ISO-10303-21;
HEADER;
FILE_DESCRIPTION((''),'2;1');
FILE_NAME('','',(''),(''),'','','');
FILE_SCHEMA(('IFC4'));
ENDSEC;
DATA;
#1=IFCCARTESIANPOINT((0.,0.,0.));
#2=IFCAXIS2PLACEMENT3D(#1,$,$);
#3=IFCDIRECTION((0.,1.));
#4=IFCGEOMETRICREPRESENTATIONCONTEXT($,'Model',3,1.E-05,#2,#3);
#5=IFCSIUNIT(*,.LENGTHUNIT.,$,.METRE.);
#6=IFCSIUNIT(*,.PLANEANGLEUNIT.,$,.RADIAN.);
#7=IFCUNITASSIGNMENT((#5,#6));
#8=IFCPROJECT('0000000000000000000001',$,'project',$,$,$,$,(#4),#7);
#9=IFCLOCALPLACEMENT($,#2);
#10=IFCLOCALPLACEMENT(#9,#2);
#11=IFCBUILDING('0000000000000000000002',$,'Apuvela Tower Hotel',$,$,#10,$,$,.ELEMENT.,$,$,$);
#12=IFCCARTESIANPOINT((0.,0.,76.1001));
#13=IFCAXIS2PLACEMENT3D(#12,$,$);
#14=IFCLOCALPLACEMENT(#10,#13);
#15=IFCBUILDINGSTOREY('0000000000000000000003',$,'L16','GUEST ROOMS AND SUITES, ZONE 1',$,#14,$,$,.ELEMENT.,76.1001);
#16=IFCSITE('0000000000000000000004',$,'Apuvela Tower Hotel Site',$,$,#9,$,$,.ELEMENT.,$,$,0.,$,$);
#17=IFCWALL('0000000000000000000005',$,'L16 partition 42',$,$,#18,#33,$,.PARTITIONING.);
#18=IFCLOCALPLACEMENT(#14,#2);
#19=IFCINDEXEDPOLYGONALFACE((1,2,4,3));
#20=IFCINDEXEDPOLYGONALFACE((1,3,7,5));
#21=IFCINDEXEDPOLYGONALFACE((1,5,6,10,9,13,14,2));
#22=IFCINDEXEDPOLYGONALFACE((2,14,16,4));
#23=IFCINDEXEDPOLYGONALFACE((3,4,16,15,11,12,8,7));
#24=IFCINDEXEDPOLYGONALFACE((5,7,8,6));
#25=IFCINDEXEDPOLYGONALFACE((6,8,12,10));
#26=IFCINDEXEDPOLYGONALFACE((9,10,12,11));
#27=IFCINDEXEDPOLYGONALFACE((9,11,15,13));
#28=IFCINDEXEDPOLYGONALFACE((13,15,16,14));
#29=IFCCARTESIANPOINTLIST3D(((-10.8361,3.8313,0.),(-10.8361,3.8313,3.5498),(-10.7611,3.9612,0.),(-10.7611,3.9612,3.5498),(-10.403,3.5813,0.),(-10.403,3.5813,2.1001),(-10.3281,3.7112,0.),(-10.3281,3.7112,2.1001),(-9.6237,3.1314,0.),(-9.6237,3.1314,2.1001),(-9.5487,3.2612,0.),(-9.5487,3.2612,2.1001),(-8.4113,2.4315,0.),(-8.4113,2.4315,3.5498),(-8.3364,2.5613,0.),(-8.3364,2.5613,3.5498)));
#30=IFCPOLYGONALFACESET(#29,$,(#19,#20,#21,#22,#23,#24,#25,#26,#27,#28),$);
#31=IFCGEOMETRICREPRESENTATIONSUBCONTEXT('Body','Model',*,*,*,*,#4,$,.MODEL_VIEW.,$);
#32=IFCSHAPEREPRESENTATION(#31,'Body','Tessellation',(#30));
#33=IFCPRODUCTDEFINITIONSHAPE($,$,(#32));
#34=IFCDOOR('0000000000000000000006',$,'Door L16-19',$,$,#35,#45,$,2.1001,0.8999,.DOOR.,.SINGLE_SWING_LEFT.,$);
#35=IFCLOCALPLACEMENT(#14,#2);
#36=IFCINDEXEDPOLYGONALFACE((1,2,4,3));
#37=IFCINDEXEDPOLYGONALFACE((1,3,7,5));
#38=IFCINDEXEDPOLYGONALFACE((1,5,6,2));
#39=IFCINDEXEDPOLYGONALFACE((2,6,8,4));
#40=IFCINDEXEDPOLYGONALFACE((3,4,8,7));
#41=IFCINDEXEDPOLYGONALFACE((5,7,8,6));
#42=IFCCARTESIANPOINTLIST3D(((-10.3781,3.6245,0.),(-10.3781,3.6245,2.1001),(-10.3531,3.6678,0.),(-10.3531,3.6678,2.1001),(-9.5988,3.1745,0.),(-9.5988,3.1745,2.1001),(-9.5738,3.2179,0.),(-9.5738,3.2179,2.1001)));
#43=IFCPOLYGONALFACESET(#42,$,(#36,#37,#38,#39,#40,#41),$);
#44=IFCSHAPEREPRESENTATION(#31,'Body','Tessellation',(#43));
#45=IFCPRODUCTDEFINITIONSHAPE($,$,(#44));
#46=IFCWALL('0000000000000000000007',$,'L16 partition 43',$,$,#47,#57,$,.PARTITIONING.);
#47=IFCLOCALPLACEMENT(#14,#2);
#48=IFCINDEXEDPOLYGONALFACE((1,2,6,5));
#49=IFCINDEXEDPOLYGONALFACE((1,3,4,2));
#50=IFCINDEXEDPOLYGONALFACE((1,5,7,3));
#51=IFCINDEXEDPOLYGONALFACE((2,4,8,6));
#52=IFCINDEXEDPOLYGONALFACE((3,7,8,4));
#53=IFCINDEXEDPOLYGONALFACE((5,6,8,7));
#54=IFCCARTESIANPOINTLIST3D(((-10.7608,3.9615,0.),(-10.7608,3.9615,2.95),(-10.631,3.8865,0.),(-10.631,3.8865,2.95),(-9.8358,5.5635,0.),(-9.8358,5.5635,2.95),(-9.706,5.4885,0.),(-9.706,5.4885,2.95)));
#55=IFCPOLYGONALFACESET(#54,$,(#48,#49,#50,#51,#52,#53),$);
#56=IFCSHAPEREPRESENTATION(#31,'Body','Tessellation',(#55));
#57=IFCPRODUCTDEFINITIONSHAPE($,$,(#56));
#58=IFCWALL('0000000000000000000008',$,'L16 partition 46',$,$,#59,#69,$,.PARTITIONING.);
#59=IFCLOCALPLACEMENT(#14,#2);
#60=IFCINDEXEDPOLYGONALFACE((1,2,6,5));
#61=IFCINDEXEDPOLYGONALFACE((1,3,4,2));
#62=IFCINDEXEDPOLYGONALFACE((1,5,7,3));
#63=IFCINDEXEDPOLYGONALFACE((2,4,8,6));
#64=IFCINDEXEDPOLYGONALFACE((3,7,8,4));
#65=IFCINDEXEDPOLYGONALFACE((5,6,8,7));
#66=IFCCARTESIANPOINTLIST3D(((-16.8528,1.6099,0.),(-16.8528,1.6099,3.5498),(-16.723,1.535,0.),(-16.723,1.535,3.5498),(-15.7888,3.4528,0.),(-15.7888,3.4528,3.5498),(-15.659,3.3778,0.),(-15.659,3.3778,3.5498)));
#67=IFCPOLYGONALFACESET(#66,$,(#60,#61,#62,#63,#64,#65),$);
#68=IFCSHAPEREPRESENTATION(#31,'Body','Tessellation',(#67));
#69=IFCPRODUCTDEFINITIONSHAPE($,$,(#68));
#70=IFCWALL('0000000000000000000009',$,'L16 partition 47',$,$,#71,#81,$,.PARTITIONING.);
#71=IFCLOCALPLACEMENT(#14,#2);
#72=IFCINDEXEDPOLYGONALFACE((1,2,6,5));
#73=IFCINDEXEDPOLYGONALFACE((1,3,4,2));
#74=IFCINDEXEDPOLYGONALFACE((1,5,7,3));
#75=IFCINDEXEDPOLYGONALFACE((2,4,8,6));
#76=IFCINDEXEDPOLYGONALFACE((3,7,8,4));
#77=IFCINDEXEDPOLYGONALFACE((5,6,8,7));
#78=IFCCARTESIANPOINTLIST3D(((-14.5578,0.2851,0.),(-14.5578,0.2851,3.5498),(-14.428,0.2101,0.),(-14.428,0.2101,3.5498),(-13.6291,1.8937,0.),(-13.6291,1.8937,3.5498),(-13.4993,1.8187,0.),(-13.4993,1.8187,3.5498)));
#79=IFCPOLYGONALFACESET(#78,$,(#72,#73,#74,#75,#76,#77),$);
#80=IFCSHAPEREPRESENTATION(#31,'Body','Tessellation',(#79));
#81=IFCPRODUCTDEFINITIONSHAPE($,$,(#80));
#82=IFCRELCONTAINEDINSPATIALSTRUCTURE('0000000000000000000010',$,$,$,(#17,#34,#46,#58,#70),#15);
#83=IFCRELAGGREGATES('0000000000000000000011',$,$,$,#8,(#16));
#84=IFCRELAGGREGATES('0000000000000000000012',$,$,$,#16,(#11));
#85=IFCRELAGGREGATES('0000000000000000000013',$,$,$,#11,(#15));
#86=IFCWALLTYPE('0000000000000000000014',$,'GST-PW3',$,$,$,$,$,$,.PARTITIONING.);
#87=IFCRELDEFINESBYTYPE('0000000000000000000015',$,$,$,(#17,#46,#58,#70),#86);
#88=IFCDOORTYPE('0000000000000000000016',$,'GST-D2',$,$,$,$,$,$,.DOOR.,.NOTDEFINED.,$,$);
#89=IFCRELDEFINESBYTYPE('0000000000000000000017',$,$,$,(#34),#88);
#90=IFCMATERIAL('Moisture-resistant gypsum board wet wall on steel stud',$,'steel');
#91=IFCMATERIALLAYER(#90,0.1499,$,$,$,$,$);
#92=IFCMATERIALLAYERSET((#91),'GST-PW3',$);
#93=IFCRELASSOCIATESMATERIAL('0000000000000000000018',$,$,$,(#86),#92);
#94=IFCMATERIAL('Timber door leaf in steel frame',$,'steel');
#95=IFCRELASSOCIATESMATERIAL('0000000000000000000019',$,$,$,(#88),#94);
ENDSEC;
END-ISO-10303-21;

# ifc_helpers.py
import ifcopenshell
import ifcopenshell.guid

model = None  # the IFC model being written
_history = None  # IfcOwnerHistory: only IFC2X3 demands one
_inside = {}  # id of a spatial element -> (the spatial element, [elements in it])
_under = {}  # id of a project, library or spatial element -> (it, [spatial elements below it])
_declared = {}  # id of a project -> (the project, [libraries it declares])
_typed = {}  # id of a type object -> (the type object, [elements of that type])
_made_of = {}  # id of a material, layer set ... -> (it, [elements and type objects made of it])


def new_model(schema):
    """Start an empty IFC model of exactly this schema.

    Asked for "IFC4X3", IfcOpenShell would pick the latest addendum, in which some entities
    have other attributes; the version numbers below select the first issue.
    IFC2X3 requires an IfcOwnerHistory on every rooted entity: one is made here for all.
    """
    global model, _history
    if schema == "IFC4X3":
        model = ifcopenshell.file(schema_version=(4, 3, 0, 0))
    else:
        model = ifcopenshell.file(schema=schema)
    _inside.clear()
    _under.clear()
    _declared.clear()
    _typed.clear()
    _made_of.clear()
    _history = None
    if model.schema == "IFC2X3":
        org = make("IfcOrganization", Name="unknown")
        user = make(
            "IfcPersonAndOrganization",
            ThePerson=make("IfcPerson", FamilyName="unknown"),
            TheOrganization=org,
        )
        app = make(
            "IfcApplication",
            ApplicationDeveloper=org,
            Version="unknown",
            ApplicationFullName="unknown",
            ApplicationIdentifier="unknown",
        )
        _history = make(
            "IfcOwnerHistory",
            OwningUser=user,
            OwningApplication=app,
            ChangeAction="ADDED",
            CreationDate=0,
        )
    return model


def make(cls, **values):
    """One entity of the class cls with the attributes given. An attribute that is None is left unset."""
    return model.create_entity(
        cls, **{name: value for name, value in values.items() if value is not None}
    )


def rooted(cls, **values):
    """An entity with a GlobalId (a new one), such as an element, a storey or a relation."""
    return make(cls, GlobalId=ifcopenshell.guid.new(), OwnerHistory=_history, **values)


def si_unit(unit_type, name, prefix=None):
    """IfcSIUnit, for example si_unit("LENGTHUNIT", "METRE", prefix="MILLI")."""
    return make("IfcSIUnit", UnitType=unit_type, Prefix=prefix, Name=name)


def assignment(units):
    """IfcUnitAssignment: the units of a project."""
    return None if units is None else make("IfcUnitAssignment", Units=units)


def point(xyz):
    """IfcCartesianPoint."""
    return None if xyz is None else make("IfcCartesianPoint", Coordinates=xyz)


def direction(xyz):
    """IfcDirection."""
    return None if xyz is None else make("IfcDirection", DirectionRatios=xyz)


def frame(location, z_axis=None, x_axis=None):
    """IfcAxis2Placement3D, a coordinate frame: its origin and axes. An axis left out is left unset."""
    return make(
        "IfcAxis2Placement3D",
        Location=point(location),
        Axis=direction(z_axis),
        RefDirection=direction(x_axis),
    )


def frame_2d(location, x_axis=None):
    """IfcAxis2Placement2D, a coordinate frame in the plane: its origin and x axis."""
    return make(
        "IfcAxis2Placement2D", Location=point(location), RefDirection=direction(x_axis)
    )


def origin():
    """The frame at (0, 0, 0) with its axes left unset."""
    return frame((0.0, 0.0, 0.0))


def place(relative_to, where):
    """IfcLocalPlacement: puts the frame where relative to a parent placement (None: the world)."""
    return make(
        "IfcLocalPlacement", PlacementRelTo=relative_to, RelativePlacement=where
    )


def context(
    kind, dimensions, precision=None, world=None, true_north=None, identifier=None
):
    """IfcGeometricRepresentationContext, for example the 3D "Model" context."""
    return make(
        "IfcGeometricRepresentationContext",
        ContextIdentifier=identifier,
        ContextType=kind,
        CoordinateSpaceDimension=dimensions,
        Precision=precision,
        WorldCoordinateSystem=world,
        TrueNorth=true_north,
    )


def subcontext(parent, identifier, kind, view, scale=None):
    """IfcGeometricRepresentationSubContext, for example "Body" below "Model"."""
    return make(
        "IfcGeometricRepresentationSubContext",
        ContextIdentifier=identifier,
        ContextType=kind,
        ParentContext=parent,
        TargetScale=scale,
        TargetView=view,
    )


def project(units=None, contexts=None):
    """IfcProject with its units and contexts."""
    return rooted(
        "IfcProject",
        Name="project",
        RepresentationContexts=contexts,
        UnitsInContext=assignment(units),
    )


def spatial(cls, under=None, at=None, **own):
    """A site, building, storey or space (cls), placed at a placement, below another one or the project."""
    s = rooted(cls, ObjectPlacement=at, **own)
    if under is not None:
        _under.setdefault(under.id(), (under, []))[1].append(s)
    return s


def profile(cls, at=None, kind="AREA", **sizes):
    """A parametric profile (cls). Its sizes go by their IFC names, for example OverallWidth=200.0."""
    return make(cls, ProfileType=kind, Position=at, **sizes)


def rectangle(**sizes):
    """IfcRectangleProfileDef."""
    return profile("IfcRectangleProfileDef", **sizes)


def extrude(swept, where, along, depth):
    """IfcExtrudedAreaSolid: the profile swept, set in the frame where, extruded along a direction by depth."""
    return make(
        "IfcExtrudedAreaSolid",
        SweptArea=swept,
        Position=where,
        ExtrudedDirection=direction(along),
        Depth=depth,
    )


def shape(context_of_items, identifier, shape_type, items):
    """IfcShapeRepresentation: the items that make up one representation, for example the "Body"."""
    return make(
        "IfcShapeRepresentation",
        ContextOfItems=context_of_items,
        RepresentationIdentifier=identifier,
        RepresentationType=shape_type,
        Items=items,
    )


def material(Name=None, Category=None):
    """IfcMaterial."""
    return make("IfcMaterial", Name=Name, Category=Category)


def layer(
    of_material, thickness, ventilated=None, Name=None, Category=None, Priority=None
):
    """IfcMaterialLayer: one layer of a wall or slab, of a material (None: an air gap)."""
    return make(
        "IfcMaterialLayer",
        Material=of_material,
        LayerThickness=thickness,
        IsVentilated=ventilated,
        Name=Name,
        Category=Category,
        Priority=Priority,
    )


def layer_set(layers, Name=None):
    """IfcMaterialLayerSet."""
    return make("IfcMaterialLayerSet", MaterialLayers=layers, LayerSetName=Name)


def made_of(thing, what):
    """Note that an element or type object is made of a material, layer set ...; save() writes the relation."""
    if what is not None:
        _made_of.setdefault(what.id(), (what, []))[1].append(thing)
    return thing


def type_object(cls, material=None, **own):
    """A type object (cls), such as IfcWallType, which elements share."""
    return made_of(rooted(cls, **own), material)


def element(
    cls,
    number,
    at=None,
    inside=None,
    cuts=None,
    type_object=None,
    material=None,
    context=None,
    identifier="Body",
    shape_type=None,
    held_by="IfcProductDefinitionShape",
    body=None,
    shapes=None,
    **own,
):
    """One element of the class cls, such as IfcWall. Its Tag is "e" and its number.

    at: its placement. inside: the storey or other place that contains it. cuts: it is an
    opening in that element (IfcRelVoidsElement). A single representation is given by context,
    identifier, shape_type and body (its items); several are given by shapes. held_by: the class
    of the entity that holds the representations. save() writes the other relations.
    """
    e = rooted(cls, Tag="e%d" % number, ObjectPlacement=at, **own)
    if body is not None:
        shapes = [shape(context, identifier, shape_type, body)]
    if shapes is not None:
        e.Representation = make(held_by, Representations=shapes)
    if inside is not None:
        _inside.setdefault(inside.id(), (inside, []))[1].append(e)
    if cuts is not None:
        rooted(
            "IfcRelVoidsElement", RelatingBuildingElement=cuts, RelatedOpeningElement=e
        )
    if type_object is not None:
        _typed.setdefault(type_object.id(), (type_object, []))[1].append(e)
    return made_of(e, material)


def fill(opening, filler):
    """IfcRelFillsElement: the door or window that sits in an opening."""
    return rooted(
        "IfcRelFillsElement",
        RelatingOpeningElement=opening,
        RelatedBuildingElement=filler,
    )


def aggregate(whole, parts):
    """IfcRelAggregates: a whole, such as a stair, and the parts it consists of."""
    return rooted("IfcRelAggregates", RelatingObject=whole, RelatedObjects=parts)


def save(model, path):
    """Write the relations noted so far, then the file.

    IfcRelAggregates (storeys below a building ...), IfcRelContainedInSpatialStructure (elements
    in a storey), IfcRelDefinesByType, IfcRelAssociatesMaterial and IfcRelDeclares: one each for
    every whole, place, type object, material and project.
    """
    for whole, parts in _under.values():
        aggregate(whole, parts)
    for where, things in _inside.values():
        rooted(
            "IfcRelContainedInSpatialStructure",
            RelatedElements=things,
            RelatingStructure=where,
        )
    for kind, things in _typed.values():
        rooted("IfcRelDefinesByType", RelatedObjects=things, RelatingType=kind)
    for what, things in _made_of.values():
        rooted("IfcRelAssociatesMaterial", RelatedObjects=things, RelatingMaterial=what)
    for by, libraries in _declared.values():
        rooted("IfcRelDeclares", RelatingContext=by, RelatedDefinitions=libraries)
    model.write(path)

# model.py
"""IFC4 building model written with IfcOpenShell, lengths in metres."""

from ifc_helpers import new_model, si_unit, direction, frame, frame_2d, origin, place, context, subcontext, project, spatial, rectangle, extrude, material, layer, layer_set, type_object, element, fill, save


model = new_model("IFC4")

# Units and contexts
model_context = context("Model", 3, precision=1e-05, world=origin(), true_north=direction((0.0, 1.0)))
body_context = subcontext(model_context, "Body", "Model", "MODEL_VIEW")
ifc_project = project(units=[si_unit("LENGTHUNIT", "METRE"), si_unit("PLANEANGLEUNIT", "RADIAN")], contexts=[model_context])

# Site, building, storey
site_placement = place(None, origin())
site = spatial("IfcSite", under=ifc_project, at=site_placement, Name="Apuvela Tower Hotel Site", CompositionType="ELEMENT", RefElevation=0.0)
building_placement = place(site_placement, origin())
building = spatial("IfcBuilding", under=site, at=building_placement, Name="Apuvela Tower Hotel", CompositionType="ELEMENT")
storey_placement = place(building_placement, frame((0.0, 0.0, 76.1001)))
storey = spatial("IfcBuildingStorey", under=building, at=storey_placement, Name="L16", Description="GUEST ROOMS AND SUITES, ZONE 1", CompositionType="ELEMENT", Elevation=76.1001)

# Shared definitions
ifc_material_1 = material(Name="Timber door leaf in steel frame", Category="steel")
ifc_material_2 = material(Name="Moisture-resistant gypsum board wet wall on steel stud", Category="steel")
ifc_layer_1 = layer(ifc_material_2, 0.1499)
ifc_layer_set_1 = layer_set([ifc_layer_1], Name="GST-PW3")
wall_type_1 = type_object("IfcWallType", Name="GST-PW3", PredefinedType="PARTITIONING", material=ifc_layer_set_1)
door_type_1 = type_object("IfcDoorType", Name="GST-D2", OperationType="NOTDEFINED", PredefinedType="DOOR", material=ifc_material_1)

# Wall, opening, door
wall_1_placement = place(storey_placement, frame((-10.7986, 3.8962, 0.0), z_axis=(0.0, 0.0, 1.0), x_axis=(0.866035, -0.499984, 0.0)))
wall_1 = element("IfcWall", 1, at=wall_1_placement, inside=storey, type_object=wall_type_1, Name="L16 partition 42", PredefinedType="PARTITIONING", context=body_context, shape_type="SweptSolid", body=[
    extrude(rectangle(XDim=2.7998, YDim=0.1499, at=frame_2d((1.3999, 0.0))), origin(), (0.0, 0.0, 1.0), 3.5498),
])
opening_1_placement = place(wall_1_placement, frame((0.5, 0.0, 0.0)))
opening_1 = element("IfcOpeningElement", 2, at=opening_1_placement, cuts=wall_1, PredefinedType="OPENING", context=body_context, shape_type="SweptSolid", body=[
    extrude(rectangle(XDim=0.8999, YDim=2.1001, at=frame_2d((0.45, 1.05))), frame((0.0, 0.085, 0.0), z_axis=(0.0, -1.0, 0.0), x_axis=(1.0, 0.0, 0.0)), (0.0, 0.0, 1.0), 0.1699),
])
door_1_placement = place(opening_1_placement, origin())
door_1 = element("IfcDoor", 3, at=door_1_placement, inside=storey, type_object=door_type_1, Name="Door L16-19", OperationType="SINGLE_SWING_LEFT", OverallHeight=2.1001, OverallWidth=0.8999, PredefinedType="DOOR", context=body_context, shape_type="SweptSolid", body=[
    extrude(rectangle(XDim=0.8999, YDim=2.1001, at=frame_2d((0.45, 1.05))), frame((0.0, 0.0249, 0.0), z_axis=(0.0, -1.0, 0.0), x_axis=(1.0, 0.0, 0.0)), (0.0, 0.0, 1.0), 0.05),
])
fill(opening_1, door_1)

# Walls
wall_2_placement = place(storey_placement, frame((-9.771, 5.5259, 0.0), z_axis=(0.0, 0.0, 1.0), x_axis=(-0.500042, -0.866001, 0.0)))
element("IfcWall", 4, at=wall_2_placement, inside=storey, type_object=wall_type_1, Name="L16 partition 43", PredefinedType="PARTITIONING", context=body_context, shape_type="SweptSolid", body=[
    extrude(rectangle(XDim=1.8499, YDim=0.1499, at=frame_2d((0.9248, 0.0))), origin(), (0.0, 0.0, 1.0), 2.95),
])
wall_3_placement = place(storey_placement, frame((-15.7239, 3.4153, 0.0), z_axis=(0.0, 0.0, 1.0), x_axis=(-0.500014, -0.866017, 0.0)))
element("IfcWall", 5, at=wall_3_placement, inside=storey, type_object=wall_type_1, Name="L16 partition 46", PredefinedType="PARTITIONING", context=body_context, shape_type="SweptSolid", body=[
    extrude(rectangle(XDim=2.1279, YDim=0.1499, at=frame_2d((1.064, 0.0))), origin(), (0.0, 0.0, 1.0), 3.5498),
])
wall_4_placement = place(storey_placement, frame((-13.5642, 1.8562, 0.0), z_axis=(0.0, 0.0, 1.0), x_axis=(-0.499984, -0.866035, 0.0)))
element("IfcWall", 6, at=wall_4_placement, inside=storey, type_object=wall_type_1, Name="L16 partition 47", PredefinedType="PARTITIONING", context=body_context, shape_type="SweptSolid", body=[
    extrude(rectangle(XDim=1.8574, YDim=0.1499, at=frame_2d((0.9287, 0.0))), origin(), (0.0, 0.0, 1.0), 3.5498),
])

save(model, "model.ifc")
